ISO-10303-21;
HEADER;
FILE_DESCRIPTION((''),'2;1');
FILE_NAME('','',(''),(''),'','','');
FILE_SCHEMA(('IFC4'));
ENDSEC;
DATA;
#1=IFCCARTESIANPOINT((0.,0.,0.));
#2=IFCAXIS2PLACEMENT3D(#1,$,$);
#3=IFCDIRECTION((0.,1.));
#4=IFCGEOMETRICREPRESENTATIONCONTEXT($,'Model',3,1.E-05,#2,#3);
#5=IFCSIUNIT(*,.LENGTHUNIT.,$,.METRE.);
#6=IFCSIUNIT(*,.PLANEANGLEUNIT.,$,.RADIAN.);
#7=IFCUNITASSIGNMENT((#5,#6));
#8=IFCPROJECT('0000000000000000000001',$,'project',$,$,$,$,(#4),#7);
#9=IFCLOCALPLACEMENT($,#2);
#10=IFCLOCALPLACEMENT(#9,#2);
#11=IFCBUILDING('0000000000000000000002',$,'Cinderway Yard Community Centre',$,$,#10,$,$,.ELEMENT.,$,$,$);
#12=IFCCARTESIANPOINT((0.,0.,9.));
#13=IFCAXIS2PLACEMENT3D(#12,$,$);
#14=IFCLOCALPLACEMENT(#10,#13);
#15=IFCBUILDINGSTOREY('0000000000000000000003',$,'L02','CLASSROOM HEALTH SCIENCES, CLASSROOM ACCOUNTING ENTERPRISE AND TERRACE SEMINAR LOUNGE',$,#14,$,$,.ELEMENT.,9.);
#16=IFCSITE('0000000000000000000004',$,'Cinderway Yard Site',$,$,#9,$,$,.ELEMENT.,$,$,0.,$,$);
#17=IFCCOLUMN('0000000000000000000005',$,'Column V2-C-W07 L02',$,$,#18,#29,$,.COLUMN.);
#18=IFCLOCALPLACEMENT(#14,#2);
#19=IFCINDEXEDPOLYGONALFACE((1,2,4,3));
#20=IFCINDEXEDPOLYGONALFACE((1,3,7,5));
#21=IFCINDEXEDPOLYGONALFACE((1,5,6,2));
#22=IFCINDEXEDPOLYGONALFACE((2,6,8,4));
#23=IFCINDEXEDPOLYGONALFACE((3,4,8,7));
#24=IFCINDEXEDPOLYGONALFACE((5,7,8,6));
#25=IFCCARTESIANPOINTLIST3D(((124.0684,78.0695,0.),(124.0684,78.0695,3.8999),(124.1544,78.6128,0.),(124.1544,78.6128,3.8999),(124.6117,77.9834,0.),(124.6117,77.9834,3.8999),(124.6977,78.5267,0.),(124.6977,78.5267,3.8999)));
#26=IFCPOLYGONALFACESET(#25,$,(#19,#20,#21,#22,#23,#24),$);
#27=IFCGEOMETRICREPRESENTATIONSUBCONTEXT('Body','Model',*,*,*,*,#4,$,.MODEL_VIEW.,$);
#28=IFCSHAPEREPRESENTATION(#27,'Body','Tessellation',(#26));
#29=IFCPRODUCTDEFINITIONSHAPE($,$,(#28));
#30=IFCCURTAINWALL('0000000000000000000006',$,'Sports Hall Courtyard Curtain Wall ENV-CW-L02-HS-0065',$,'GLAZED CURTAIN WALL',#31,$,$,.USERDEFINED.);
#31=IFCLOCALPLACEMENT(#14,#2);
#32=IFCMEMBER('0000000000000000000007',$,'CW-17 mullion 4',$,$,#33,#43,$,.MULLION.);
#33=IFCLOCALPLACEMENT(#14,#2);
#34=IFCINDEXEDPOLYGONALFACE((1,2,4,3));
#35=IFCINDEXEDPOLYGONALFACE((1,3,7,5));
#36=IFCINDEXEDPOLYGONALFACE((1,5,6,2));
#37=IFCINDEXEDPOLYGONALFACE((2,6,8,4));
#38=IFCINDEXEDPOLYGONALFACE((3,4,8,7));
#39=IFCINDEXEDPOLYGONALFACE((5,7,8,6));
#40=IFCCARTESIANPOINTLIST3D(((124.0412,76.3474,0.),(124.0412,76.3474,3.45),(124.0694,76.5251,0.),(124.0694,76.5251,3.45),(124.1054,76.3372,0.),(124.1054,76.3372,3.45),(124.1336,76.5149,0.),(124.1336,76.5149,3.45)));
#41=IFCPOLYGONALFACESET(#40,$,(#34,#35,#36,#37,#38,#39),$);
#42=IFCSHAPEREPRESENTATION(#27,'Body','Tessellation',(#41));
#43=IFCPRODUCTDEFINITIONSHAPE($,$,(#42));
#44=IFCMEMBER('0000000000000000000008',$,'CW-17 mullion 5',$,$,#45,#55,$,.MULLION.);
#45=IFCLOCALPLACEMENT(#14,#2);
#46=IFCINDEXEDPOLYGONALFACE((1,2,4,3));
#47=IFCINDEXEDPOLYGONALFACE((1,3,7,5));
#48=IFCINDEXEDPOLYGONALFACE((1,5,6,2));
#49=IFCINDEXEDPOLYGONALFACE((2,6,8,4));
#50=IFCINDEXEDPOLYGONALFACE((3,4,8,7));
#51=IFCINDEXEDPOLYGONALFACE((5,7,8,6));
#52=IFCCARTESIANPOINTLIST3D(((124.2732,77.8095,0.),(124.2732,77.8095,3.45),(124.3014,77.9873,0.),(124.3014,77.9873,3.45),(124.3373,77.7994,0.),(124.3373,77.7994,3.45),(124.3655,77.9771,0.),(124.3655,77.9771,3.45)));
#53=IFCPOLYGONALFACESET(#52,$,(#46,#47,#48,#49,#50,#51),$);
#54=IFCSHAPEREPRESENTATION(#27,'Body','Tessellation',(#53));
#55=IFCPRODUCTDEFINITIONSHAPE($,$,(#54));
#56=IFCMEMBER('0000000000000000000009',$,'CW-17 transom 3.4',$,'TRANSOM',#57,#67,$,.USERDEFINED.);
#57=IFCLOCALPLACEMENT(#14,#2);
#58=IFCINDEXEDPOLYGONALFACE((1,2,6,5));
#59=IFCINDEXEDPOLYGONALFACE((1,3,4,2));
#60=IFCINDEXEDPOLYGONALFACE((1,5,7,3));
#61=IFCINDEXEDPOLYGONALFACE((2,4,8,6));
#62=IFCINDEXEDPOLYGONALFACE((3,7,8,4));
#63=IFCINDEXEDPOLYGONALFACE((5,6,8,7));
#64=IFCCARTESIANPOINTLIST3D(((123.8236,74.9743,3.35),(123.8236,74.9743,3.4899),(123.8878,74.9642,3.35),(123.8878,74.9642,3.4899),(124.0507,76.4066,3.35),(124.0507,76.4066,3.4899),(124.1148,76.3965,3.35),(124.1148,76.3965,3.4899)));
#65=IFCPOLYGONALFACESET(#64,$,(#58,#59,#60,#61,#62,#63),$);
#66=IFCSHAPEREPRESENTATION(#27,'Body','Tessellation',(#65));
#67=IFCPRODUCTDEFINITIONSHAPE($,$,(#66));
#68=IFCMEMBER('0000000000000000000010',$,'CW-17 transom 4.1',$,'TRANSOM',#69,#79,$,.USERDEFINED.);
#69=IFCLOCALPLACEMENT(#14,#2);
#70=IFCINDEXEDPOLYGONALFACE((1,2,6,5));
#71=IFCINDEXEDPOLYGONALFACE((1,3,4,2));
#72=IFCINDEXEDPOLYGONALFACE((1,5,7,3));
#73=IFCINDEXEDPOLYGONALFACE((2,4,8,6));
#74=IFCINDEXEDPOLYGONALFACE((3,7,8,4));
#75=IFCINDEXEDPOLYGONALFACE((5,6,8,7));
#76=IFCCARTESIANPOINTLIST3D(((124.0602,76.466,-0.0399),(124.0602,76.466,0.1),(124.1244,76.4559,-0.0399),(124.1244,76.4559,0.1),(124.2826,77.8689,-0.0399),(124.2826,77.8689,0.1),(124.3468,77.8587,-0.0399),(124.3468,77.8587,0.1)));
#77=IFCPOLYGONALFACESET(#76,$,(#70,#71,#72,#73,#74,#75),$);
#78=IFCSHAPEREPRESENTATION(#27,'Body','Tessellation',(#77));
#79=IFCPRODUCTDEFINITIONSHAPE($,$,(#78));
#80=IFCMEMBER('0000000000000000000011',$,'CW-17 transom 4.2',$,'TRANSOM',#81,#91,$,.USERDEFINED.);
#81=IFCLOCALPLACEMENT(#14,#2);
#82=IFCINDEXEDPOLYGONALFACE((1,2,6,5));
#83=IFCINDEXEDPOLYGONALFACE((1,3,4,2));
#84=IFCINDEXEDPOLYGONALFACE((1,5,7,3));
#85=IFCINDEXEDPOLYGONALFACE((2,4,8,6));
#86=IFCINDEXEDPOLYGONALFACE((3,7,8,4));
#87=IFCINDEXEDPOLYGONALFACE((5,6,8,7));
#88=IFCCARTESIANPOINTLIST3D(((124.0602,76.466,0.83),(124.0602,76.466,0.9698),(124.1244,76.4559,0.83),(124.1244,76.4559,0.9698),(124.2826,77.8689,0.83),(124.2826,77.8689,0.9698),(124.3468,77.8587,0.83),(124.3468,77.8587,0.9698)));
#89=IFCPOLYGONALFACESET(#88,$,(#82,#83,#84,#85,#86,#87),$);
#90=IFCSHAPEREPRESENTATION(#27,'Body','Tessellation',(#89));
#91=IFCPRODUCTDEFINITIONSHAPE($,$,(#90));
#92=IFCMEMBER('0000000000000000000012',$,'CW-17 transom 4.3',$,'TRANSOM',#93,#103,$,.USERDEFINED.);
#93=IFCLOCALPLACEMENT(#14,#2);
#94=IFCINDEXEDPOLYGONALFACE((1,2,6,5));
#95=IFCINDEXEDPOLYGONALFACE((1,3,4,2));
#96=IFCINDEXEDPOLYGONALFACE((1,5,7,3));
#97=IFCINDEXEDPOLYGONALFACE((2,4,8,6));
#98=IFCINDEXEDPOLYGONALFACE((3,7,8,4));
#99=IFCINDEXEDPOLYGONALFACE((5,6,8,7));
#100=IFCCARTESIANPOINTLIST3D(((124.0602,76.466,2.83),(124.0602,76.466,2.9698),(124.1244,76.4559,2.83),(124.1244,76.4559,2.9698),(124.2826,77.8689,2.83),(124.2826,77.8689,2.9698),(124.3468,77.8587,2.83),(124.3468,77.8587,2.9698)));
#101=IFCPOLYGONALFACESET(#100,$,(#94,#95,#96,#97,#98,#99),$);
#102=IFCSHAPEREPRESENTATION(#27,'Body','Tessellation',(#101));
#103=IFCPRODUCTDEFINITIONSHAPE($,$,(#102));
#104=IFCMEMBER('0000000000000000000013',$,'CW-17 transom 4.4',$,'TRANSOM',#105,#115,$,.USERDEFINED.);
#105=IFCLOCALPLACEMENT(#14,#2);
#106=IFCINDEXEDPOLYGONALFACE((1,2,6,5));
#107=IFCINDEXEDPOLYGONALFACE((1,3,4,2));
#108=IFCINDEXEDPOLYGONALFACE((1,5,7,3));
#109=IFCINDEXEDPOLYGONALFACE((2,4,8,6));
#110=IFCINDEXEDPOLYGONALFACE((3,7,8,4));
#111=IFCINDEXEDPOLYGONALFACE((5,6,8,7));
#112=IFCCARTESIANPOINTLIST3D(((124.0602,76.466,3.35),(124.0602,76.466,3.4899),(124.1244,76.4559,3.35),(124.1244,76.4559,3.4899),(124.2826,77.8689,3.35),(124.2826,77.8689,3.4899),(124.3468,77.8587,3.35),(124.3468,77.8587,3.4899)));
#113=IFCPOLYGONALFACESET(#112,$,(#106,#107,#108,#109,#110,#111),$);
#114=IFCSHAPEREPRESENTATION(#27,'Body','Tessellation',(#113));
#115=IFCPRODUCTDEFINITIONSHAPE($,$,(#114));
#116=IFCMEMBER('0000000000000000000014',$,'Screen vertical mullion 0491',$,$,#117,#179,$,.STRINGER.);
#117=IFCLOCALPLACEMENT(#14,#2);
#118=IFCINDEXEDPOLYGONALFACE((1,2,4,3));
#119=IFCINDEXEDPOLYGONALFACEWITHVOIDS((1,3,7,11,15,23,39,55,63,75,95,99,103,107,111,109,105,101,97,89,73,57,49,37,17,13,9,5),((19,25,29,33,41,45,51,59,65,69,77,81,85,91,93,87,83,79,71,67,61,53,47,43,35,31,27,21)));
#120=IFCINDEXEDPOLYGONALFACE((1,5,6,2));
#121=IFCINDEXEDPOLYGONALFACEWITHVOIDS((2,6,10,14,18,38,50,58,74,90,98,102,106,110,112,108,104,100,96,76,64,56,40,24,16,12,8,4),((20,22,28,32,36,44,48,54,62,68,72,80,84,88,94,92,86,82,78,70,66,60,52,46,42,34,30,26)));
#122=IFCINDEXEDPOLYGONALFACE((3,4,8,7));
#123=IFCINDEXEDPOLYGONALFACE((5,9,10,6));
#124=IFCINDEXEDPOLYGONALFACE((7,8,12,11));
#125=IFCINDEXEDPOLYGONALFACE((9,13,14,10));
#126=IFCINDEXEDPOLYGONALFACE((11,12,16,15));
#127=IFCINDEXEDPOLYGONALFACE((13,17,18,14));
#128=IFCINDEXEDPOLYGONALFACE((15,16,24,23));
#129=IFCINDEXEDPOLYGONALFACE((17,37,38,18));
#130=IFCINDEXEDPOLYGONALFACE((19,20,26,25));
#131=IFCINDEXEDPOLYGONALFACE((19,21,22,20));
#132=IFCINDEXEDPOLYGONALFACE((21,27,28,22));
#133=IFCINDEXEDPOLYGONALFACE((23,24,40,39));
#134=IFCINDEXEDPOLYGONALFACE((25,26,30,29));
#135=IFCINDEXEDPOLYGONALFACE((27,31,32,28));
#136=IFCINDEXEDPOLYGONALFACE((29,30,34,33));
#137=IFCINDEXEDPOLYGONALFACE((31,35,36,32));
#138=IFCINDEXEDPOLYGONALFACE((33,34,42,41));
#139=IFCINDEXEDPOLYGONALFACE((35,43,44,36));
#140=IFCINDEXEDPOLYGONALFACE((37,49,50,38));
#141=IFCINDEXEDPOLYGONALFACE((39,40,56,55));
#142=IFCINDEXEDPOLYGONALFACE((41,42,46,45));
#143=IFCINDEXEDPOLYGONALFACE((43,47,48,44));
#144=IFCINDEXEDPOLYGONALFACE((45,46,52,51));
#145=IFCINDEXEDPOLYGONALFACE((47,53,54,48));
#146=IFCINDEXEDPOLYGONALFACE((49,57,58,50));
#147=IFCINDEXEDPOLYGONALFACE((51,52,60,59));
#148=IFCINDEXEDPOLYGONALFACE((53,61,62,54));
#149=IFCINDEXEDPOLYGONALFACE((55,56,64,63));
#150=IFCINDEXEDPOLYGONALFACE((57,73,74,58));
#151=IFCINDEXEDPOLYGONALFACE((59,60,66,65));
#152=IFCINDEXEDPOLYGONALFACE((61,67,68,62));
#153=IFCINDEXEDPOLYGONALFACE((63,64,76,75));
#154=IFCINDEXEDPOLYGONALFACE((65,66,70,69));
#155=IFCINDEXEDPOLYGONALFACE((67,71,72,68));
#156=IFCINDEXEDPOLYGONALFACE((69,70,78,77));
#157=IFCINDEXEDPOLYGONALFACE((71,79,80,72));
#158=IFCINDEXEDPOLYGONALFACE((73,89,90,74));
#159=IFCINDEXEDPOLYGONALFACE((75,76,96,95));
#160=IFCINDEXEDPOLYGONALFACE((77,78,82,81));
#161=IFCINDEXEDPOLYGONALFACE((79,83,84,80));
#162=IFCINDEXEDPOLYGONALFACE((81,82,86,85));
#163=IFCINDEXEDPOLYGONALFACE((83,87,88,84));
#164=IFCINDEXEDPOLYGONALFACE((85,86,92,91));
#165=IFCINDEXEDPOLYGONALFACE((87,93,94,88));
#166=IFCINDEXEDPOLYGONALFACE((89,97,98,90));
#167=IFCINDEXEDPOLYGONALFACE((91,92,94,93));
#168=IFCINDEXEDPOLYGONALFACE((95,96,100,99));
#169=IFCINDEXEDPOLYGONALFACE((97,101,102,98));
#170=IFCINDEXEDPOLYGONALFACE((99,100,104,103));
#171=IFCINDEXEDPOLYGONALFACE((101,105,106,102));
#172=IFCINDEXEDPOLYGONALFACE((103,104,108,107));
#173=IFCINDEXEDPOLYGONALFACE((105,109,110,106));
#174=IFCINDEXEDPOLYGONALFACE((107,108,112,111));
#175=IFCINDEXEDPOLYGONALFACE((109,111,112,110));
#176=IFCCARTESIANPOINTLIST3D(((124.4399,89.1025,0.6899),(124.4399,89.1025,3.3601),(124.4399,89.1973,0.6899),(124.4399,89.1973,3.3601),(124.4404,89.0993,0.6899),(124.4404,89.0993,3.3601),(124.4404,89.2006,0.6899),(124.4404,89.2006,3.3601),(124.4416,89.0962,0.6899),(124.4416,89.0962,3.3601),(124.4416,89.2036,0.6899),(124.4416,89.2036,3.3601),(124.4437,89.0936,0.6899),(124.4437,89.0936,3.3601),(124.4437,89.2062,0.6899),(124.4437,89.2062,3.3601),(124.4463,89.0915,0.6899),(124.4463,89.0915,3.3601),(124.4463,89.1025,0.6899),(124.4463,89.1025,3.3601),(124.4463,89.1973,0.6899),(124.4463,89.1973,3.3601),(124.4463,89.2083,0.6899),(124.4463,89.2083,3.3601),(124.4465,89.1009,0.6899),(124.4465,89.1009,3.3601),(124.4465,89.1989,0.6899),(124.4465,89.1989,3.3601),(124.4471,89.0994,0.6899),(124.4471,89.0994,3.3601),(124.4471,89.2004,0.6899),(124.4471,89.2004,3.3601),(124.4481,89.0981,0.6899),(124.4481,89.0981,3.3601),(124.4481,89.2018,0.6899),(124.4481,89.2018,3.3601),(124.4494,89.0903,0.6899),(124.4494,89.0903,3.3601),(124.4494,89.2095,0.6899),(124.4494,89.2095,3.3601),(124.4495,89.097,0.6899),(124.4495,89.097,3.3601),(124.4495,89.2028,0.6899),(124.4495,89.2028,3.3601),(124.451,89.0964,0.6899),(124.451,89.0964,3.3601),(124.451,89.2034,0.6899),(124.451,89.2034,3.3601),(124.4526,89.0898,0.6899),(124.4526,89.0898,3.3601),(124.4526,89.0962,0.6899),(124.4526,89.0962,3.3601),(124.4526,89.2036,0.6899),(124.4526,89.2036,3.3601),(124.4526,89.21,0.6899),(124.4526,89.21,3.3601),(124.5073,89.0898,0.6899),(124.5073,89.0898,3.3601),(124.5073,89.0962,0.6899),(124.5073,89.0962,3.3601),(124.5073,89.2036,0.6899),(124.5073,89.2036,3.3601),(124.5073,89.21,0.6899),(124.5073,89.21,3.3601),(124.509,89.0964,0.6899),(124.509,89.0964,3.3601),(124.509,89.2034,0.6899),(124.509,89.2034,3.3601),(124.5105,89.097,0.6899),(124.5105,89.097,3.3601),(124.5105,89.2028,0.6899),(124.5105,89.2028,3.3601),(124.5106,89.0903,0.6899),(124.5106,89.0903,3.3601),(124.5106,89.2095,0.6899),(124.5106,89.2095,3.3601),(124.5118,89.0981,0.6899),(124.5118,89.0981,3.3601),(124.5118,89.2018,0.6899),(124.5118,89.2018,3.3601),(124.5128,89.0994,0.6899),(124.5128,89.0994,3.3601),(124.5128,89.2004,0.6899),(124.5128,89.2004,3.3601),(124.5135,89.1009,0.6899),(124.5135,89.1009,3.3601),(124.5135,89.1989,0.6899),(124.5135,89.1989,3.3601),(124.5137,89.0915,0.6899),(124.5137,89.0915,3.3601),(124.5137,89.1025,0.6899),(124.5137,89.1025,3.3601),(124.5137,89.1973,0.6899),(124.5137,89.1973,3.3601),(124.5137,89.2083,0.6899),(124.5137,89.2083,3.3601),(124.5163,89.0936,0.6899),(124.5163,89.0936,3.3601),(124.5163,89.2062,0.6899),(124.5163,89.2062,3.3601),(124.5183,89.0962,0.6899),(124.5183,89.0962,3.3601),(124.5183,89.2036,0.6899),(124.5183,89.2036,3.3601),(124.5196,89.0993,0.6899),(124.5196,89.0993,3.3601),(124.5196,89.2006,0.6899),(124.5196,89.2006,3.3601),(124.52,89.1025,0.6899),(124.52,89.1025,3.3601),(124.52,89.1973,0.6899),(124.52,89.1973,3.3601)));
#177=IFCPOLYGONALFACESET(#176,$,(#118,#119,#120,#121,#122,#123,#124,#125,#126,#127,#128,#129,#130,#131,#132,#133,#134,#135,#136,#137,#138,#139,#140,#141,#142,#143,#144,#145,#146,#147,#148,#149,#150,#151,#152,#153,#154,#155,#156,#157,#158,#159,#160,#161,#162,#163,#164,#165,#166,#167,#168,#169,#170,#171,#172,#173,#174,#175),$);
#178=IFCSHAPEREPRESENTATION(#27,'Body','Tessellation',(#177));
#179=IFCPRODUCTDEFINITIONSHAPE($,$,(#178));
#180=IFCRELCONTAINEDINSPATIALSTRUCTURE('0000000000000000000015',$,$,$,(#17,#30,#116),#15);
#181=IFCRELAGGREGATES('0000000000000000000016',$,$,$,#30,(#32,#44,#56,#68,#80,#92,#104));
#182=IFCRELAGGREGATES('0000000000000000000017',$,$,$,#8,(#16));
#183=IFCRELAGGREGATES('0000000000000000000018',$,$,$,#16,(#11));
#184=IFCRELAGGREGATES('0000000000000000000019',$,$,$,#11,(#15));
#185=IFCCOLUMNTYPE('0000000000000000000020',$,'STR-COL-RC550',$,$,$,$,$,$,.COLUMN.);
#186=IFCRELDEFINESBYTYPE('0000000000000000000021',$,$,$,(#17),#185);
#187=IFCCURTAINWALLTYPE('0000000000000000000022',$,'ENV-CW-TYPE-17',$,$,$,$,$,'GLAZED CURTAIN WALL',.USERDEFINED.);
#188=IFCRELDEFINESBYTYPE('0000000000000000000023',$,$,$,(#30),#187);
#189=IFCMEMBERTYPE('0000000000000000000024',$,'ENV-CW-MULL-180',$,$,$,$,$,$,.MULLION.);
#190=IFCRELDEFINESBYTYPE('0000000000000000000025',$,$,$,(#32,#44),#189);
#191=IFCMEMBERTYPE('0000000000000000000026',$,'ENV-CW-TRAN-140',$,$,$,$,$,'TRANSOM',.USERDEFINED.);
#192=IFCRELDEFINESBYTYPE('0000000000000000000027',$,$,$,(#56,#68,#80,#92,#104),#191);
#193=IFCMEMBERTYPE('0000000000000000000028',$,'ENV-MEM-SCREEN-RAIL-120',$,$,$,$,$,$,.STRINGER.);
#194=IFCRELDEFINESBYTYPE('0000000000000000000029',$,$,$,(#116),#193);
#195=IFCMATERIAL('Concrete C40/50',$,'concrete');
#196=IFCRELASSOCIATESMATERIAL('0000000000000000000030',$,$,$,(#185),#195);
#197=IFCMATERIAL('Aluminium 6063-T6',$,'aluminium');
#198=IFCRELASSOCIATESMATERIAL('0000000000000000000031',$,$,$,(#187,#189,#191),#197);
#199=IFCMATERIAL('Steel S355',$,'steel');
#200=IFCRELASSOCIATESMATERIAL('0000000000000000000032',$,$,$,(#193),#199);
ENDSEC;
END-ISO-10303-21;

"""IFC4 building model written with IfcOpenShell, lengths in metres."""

from ifc_helpers import new_model, si_unit, direction, frame, origin, origin_2d, place, context, subcontext, project, spatial, rectangle, hollow_rectangle, extrude, material, material_profile, profile_set, type_object, element, aggregate, save


model = new_model("IFC4")

# Units and contexts
model_context = context("Model", 3, precision=1e-05, world=origin(), true_north=direction((0.0, 1.0)))
body_context = subcontext(model_context, "Body", "Model", "MODEL_VIEW")
ifc_project = project(units=[si_unit("LENGTHUNIT", "METRE"), si_unit("PLANEANGLEUNIT", "RADIAN")], contexts=[model_context])

# Site, building, storey
site_placement = place(None, origin())
site = spatial("IfcSite", under=ifc_project, at=site_placement, Name="Cinderway Yard Site", CompositionType="ELEMENT", RefElevation=0.0)
building_placement = place(site_placement, origin())
building = spatial("IfcBuilding", under=site, at=building_placement, Name="Cinderway Yard Community Centre", CompositionType="ELEMENT")
storey_placement = place(building_placement, frame((0.0, 0.0, 9.0)))
storey = spatial("IfcBuildingStorey", under=building, at=storey_placement, Name="L02", Description="CLASSROOM HEALTH SCIENCES, CLASSROOM ACCOUNTING ENTERPRISE AND TERRACE SEMINAR LOUNGE", CompositionType="ELEMENT", Elevation=9.0)

# Column
ifc_material_1 = material(Name="Concrete C40/50", Category="concrete")
ifc_material_profile_1 = material_profile(ifc_material_1, rectangle(XDim=0.55, YDim=0.55, at=origin_2d()), Name="Concrete C40/50")
ifc_profile_set_1 = profile_set([ifc_material_profile_1], Name="Concrete C40/50")
column_type = type_object("IfcColumnType", Name="STR-COL-RC550", PredefinedType="COLUMN", material=ifc_profile_set_1)
column_placement = place(storey_placement, frame((124.3831, 78.2981, 0.0), z_axis=(0.0, 0.0, 1.0), x_axis=(0.987688, -0.156434, 0.0)))
element("IfcColumn", 1, at=column_placement, inside=storey, type_object=column_type, Name="Column V2-C-W07 L02", PredefinedType="COLUMN", context=body_context, shape_type="SweptSolid", body=[
    extrude(rectangle(XDim=0.55, YDim=0.55, at=origin_2d()), origin(), (0.0, 0.0, 1.0), 3.8999),
])

# Curtain wall, members
ifc_material_2 = material(Name="Aluminium 6063-T6", Category="aluminium")
curtain_wall_type = type_object("IfcCurtainWallType", Name="ENV-CW-TYPE-17", ElementType="GLAZED CURTAIN WALL", PredefinedType="USERDEFINED", material=ifc_material_2)
curtain_wall_placement = place(storey_placement, origin())
curtain_wall = element("IfcCurtainWall", 2, at=curtain_wall_placement, inside=storey, type_object=curtain_wall_type, Name="Sports Hall Courtyard Curtain Wall ENV-CW-L02-HS-0065", ObjectType="GLAZED CURTAIN WALL", PredefinedType="USERDEFINED")
ifc_material_profile_2 = material_profile(ifc_material_2, rectangle(XDim=0.0649, YDim=0.1799, at=origin_2d()), Name="Aluminium 6063-T6")
ifc_profile_set_2 = profile_set([ifc_material_profile_2], Name="Aluminium 6063-T6")
member_type_1 = type_object("IfcMemberType", Name="ENV-CW-MULL-180", PredefinedType="MULLION", material=ifc_profile_set_2)
member_1_placement = place(storey_placement, frame((124.0874, 76.4312, 0.0), z_axis=(0.0, 0.0, 1.0), x_axis=(-0.987665, 0.156583, 0.0)))
member_1 = element("IfcMember", 3, at=member_1_placement, type_object=member_type_1, Name="CW-17 mullion 4", PredefinedType="MULLION", context=body_context, shape_type="SweptSolid", body=[
    extrude(rectangle(XDim=0.0649, YDim=0.1799, at=origin_2d()), origin(), (0.0, 0.0, 1.0), 3.45),
])
member_2_placement = place(storey_placement, frame((124.3193, 77.8933, 0.0), z_axis=(0.0, 0.0, 1.0), x_axis=(-0.987665, 0.156583, 0.0)))
member_2 = element("IfcMember", 4, at=member_2_placement, type_object=member_type_1, Name="CW-17 mullion 5", PredefinedType="MULLION", context=body_context, shape_type="SweptSolid", body=[
    extrude(rectangle(XDim=0.0649, YDim=0.1799, at=origin_2d()), origin(), (0.0, 0.0, 1.0), 3.45),
])
ifc_material_profile_3 = material_profile(ifc_material_2, rectangle(XDim=0.0649, YDim=0.1399, at=origin_2d()), Name="Aluminium 6063-T6")
ifc_profile_set_3 = profile_set([ifc_material_profile_3], Name="Aluminium 6063-T6")
member_type_2 = type_object("IfcMemberType", Name="ENV-CW-TRAN-140", ElementType="TRANSOM", PredefinedType="USERDEFINED", material=ifc_profile_set_3)
member_3_placement = place(storey_placement, frame((123.8557, 74.9692, 3.4199), z_axis=(0.156559, 0.987669, 0.0), x_axis=(-0.987669, 0.156559, 0.0)))
member_3 = element("IfcMember", 5, at=member_3_placement, type_object=member_type_2, Name="CW-17 transom 3.4", ObjectType="TRANSOM", PredefinedType="USERDEFINED", context=body_context, shape_type="SweptSolid", body=[
    extrude(rectangle(XDim=0.0649, YDim=0.1399, at=origin_2d()), origin(), (0.0, 0.0, 1.0), 1.4502),
])
member_4_placement = place(storey_placement, frame((124.0923, 76.4609, 0.03), z_axis=(0.156589, 0.987664, 0.0), x_axis=(-0.987664, 0.156589, 0.0)))
member_4 = element("IfcMember", 6, at=member_4_placement, type_object=member_type_2, Name="CW-17 transom 4.1", ObjectType="TRANSOM", PredefinedType="USERDEFINED", context=body_context, shape_type="SweptSolid", body=[
    extrude(rectangle(XDim=0.0649, YDim=0.1399, at=origin_2d()), origin(), (0.0, 0.0, 1.0), 1.4204),
])
member_5_placement = place(storey_placement, frame((124.0923, 76.4609, 0.8999), z_axis=(0.156589, 0.987664, 0.0), x_axis=(-0.987664, 0.156589, 0.0)))
member_5 = element("IfcMember", 7, at=member_5_placement, type_object=member_type_2, Name="CW-17 transom 4.2", ObjectType="TRANSOM", PredefinedType="USERDEFINED", context=body_context, shape_type="SweptSolid", body=[
    extrude(rectangle(XDim=0.0649, YDim=0.1399, at=origin_2d()), origin(), (0.0, 0.0, 1.0), 1.4204),
])
member_6_placement = place(storey_placement, frame((124.0923, 76.4609, 2.8999), z_axis=(0.156589, 0.987664, 0.0), x_axis=(-0.987664, 0.156589, 0.0)))
member_6 = element("IfcMember", 8, at=member_6_placement, type_object=member_type_2, Name="CW-17 transom 4.3", ObjectType="TRANSOM", PredefinedType="USERDEFINED", context=body_context, shape_type="SweptSolid", body=[
    extrude(rectangle(XDim=0.0649, YDim=0.1399, at=origin_2d()), origin(), (0.0, 0.0, 1.0), 1.4204),
])
member_7_placement = place(storey_placement, frame((124.0923, 76.4609, 3.4199), z_axis=(0.156589, 0.987664, 0.0), x_axis=(-0.987664, 0.156589, 0.0)))
member_7 = element("IfcMember", 9, at=member_7_placement, type_object=member_type_2, Name="CW-17 transom 4.4", ObjectType="TRANSOM", PredefinedType="USERDEFINED", context=body_context, shape_type="SweptSolid", body=[
    extrude(rectangle(XDim=0.0649, YDim=0.1399, at=origin_2d()), origin(), (0.0, 0.0, 1.0), 1.4204),
])

# Member
ifc_material_3 = material(Name="Steel S355", Category="steel")
ifc_material_profile_4 = material_profile(ifc_material_3, hollow_rectangle(XDim=0.0801, YDim=0.1201, WallThickness=0.0063, InnerFilletRadius=0.0063, OuterFilletRadius=0.0127, at=origin_2d()), Name="Steel S355")
ifc_profile_set_4 = profile_set([ifc_material_profile_4], Name="Steel S355")
member_type_3 = type_object("IfcMemberType", Name="ENV-MEM-SCREEN-RAIL-120", PredefinedType="STRINGER", material=ifc_profile_set_4)
for number, where, z_axis, x_axis, name in (
    (10, (124.48, 89.1499, 0.6899), (0.0, 0.0, 1.0), (1.0, 0.0, 0.0), "Screen vertical mullion 0491"),
):
    element("IfcMember", number, at=place(storey_placement, frame(where, z_axis=z_axis, x_axis=x_axis)), inside=storey, type_object=member_type_3, Name=name, PredefinedType="STRINGER", context=body_context, shape_type="SweptSolid", body=[
        extrude(hollow_rectangle(XDim=0.0801, YDim=0.1201, WallThickness=0.0063, InnerFilletRadius=0.0063, OuterFilletRadius=0.0127, at=origin_2d()), origin(), (0.0, 0.0, 1.0), 2.6702),
    ])

aggregate(curtain_wall, [member_1, member_2, member_3, member_4, member_5, member_6, member_7])

save(model, "model.ifc")
